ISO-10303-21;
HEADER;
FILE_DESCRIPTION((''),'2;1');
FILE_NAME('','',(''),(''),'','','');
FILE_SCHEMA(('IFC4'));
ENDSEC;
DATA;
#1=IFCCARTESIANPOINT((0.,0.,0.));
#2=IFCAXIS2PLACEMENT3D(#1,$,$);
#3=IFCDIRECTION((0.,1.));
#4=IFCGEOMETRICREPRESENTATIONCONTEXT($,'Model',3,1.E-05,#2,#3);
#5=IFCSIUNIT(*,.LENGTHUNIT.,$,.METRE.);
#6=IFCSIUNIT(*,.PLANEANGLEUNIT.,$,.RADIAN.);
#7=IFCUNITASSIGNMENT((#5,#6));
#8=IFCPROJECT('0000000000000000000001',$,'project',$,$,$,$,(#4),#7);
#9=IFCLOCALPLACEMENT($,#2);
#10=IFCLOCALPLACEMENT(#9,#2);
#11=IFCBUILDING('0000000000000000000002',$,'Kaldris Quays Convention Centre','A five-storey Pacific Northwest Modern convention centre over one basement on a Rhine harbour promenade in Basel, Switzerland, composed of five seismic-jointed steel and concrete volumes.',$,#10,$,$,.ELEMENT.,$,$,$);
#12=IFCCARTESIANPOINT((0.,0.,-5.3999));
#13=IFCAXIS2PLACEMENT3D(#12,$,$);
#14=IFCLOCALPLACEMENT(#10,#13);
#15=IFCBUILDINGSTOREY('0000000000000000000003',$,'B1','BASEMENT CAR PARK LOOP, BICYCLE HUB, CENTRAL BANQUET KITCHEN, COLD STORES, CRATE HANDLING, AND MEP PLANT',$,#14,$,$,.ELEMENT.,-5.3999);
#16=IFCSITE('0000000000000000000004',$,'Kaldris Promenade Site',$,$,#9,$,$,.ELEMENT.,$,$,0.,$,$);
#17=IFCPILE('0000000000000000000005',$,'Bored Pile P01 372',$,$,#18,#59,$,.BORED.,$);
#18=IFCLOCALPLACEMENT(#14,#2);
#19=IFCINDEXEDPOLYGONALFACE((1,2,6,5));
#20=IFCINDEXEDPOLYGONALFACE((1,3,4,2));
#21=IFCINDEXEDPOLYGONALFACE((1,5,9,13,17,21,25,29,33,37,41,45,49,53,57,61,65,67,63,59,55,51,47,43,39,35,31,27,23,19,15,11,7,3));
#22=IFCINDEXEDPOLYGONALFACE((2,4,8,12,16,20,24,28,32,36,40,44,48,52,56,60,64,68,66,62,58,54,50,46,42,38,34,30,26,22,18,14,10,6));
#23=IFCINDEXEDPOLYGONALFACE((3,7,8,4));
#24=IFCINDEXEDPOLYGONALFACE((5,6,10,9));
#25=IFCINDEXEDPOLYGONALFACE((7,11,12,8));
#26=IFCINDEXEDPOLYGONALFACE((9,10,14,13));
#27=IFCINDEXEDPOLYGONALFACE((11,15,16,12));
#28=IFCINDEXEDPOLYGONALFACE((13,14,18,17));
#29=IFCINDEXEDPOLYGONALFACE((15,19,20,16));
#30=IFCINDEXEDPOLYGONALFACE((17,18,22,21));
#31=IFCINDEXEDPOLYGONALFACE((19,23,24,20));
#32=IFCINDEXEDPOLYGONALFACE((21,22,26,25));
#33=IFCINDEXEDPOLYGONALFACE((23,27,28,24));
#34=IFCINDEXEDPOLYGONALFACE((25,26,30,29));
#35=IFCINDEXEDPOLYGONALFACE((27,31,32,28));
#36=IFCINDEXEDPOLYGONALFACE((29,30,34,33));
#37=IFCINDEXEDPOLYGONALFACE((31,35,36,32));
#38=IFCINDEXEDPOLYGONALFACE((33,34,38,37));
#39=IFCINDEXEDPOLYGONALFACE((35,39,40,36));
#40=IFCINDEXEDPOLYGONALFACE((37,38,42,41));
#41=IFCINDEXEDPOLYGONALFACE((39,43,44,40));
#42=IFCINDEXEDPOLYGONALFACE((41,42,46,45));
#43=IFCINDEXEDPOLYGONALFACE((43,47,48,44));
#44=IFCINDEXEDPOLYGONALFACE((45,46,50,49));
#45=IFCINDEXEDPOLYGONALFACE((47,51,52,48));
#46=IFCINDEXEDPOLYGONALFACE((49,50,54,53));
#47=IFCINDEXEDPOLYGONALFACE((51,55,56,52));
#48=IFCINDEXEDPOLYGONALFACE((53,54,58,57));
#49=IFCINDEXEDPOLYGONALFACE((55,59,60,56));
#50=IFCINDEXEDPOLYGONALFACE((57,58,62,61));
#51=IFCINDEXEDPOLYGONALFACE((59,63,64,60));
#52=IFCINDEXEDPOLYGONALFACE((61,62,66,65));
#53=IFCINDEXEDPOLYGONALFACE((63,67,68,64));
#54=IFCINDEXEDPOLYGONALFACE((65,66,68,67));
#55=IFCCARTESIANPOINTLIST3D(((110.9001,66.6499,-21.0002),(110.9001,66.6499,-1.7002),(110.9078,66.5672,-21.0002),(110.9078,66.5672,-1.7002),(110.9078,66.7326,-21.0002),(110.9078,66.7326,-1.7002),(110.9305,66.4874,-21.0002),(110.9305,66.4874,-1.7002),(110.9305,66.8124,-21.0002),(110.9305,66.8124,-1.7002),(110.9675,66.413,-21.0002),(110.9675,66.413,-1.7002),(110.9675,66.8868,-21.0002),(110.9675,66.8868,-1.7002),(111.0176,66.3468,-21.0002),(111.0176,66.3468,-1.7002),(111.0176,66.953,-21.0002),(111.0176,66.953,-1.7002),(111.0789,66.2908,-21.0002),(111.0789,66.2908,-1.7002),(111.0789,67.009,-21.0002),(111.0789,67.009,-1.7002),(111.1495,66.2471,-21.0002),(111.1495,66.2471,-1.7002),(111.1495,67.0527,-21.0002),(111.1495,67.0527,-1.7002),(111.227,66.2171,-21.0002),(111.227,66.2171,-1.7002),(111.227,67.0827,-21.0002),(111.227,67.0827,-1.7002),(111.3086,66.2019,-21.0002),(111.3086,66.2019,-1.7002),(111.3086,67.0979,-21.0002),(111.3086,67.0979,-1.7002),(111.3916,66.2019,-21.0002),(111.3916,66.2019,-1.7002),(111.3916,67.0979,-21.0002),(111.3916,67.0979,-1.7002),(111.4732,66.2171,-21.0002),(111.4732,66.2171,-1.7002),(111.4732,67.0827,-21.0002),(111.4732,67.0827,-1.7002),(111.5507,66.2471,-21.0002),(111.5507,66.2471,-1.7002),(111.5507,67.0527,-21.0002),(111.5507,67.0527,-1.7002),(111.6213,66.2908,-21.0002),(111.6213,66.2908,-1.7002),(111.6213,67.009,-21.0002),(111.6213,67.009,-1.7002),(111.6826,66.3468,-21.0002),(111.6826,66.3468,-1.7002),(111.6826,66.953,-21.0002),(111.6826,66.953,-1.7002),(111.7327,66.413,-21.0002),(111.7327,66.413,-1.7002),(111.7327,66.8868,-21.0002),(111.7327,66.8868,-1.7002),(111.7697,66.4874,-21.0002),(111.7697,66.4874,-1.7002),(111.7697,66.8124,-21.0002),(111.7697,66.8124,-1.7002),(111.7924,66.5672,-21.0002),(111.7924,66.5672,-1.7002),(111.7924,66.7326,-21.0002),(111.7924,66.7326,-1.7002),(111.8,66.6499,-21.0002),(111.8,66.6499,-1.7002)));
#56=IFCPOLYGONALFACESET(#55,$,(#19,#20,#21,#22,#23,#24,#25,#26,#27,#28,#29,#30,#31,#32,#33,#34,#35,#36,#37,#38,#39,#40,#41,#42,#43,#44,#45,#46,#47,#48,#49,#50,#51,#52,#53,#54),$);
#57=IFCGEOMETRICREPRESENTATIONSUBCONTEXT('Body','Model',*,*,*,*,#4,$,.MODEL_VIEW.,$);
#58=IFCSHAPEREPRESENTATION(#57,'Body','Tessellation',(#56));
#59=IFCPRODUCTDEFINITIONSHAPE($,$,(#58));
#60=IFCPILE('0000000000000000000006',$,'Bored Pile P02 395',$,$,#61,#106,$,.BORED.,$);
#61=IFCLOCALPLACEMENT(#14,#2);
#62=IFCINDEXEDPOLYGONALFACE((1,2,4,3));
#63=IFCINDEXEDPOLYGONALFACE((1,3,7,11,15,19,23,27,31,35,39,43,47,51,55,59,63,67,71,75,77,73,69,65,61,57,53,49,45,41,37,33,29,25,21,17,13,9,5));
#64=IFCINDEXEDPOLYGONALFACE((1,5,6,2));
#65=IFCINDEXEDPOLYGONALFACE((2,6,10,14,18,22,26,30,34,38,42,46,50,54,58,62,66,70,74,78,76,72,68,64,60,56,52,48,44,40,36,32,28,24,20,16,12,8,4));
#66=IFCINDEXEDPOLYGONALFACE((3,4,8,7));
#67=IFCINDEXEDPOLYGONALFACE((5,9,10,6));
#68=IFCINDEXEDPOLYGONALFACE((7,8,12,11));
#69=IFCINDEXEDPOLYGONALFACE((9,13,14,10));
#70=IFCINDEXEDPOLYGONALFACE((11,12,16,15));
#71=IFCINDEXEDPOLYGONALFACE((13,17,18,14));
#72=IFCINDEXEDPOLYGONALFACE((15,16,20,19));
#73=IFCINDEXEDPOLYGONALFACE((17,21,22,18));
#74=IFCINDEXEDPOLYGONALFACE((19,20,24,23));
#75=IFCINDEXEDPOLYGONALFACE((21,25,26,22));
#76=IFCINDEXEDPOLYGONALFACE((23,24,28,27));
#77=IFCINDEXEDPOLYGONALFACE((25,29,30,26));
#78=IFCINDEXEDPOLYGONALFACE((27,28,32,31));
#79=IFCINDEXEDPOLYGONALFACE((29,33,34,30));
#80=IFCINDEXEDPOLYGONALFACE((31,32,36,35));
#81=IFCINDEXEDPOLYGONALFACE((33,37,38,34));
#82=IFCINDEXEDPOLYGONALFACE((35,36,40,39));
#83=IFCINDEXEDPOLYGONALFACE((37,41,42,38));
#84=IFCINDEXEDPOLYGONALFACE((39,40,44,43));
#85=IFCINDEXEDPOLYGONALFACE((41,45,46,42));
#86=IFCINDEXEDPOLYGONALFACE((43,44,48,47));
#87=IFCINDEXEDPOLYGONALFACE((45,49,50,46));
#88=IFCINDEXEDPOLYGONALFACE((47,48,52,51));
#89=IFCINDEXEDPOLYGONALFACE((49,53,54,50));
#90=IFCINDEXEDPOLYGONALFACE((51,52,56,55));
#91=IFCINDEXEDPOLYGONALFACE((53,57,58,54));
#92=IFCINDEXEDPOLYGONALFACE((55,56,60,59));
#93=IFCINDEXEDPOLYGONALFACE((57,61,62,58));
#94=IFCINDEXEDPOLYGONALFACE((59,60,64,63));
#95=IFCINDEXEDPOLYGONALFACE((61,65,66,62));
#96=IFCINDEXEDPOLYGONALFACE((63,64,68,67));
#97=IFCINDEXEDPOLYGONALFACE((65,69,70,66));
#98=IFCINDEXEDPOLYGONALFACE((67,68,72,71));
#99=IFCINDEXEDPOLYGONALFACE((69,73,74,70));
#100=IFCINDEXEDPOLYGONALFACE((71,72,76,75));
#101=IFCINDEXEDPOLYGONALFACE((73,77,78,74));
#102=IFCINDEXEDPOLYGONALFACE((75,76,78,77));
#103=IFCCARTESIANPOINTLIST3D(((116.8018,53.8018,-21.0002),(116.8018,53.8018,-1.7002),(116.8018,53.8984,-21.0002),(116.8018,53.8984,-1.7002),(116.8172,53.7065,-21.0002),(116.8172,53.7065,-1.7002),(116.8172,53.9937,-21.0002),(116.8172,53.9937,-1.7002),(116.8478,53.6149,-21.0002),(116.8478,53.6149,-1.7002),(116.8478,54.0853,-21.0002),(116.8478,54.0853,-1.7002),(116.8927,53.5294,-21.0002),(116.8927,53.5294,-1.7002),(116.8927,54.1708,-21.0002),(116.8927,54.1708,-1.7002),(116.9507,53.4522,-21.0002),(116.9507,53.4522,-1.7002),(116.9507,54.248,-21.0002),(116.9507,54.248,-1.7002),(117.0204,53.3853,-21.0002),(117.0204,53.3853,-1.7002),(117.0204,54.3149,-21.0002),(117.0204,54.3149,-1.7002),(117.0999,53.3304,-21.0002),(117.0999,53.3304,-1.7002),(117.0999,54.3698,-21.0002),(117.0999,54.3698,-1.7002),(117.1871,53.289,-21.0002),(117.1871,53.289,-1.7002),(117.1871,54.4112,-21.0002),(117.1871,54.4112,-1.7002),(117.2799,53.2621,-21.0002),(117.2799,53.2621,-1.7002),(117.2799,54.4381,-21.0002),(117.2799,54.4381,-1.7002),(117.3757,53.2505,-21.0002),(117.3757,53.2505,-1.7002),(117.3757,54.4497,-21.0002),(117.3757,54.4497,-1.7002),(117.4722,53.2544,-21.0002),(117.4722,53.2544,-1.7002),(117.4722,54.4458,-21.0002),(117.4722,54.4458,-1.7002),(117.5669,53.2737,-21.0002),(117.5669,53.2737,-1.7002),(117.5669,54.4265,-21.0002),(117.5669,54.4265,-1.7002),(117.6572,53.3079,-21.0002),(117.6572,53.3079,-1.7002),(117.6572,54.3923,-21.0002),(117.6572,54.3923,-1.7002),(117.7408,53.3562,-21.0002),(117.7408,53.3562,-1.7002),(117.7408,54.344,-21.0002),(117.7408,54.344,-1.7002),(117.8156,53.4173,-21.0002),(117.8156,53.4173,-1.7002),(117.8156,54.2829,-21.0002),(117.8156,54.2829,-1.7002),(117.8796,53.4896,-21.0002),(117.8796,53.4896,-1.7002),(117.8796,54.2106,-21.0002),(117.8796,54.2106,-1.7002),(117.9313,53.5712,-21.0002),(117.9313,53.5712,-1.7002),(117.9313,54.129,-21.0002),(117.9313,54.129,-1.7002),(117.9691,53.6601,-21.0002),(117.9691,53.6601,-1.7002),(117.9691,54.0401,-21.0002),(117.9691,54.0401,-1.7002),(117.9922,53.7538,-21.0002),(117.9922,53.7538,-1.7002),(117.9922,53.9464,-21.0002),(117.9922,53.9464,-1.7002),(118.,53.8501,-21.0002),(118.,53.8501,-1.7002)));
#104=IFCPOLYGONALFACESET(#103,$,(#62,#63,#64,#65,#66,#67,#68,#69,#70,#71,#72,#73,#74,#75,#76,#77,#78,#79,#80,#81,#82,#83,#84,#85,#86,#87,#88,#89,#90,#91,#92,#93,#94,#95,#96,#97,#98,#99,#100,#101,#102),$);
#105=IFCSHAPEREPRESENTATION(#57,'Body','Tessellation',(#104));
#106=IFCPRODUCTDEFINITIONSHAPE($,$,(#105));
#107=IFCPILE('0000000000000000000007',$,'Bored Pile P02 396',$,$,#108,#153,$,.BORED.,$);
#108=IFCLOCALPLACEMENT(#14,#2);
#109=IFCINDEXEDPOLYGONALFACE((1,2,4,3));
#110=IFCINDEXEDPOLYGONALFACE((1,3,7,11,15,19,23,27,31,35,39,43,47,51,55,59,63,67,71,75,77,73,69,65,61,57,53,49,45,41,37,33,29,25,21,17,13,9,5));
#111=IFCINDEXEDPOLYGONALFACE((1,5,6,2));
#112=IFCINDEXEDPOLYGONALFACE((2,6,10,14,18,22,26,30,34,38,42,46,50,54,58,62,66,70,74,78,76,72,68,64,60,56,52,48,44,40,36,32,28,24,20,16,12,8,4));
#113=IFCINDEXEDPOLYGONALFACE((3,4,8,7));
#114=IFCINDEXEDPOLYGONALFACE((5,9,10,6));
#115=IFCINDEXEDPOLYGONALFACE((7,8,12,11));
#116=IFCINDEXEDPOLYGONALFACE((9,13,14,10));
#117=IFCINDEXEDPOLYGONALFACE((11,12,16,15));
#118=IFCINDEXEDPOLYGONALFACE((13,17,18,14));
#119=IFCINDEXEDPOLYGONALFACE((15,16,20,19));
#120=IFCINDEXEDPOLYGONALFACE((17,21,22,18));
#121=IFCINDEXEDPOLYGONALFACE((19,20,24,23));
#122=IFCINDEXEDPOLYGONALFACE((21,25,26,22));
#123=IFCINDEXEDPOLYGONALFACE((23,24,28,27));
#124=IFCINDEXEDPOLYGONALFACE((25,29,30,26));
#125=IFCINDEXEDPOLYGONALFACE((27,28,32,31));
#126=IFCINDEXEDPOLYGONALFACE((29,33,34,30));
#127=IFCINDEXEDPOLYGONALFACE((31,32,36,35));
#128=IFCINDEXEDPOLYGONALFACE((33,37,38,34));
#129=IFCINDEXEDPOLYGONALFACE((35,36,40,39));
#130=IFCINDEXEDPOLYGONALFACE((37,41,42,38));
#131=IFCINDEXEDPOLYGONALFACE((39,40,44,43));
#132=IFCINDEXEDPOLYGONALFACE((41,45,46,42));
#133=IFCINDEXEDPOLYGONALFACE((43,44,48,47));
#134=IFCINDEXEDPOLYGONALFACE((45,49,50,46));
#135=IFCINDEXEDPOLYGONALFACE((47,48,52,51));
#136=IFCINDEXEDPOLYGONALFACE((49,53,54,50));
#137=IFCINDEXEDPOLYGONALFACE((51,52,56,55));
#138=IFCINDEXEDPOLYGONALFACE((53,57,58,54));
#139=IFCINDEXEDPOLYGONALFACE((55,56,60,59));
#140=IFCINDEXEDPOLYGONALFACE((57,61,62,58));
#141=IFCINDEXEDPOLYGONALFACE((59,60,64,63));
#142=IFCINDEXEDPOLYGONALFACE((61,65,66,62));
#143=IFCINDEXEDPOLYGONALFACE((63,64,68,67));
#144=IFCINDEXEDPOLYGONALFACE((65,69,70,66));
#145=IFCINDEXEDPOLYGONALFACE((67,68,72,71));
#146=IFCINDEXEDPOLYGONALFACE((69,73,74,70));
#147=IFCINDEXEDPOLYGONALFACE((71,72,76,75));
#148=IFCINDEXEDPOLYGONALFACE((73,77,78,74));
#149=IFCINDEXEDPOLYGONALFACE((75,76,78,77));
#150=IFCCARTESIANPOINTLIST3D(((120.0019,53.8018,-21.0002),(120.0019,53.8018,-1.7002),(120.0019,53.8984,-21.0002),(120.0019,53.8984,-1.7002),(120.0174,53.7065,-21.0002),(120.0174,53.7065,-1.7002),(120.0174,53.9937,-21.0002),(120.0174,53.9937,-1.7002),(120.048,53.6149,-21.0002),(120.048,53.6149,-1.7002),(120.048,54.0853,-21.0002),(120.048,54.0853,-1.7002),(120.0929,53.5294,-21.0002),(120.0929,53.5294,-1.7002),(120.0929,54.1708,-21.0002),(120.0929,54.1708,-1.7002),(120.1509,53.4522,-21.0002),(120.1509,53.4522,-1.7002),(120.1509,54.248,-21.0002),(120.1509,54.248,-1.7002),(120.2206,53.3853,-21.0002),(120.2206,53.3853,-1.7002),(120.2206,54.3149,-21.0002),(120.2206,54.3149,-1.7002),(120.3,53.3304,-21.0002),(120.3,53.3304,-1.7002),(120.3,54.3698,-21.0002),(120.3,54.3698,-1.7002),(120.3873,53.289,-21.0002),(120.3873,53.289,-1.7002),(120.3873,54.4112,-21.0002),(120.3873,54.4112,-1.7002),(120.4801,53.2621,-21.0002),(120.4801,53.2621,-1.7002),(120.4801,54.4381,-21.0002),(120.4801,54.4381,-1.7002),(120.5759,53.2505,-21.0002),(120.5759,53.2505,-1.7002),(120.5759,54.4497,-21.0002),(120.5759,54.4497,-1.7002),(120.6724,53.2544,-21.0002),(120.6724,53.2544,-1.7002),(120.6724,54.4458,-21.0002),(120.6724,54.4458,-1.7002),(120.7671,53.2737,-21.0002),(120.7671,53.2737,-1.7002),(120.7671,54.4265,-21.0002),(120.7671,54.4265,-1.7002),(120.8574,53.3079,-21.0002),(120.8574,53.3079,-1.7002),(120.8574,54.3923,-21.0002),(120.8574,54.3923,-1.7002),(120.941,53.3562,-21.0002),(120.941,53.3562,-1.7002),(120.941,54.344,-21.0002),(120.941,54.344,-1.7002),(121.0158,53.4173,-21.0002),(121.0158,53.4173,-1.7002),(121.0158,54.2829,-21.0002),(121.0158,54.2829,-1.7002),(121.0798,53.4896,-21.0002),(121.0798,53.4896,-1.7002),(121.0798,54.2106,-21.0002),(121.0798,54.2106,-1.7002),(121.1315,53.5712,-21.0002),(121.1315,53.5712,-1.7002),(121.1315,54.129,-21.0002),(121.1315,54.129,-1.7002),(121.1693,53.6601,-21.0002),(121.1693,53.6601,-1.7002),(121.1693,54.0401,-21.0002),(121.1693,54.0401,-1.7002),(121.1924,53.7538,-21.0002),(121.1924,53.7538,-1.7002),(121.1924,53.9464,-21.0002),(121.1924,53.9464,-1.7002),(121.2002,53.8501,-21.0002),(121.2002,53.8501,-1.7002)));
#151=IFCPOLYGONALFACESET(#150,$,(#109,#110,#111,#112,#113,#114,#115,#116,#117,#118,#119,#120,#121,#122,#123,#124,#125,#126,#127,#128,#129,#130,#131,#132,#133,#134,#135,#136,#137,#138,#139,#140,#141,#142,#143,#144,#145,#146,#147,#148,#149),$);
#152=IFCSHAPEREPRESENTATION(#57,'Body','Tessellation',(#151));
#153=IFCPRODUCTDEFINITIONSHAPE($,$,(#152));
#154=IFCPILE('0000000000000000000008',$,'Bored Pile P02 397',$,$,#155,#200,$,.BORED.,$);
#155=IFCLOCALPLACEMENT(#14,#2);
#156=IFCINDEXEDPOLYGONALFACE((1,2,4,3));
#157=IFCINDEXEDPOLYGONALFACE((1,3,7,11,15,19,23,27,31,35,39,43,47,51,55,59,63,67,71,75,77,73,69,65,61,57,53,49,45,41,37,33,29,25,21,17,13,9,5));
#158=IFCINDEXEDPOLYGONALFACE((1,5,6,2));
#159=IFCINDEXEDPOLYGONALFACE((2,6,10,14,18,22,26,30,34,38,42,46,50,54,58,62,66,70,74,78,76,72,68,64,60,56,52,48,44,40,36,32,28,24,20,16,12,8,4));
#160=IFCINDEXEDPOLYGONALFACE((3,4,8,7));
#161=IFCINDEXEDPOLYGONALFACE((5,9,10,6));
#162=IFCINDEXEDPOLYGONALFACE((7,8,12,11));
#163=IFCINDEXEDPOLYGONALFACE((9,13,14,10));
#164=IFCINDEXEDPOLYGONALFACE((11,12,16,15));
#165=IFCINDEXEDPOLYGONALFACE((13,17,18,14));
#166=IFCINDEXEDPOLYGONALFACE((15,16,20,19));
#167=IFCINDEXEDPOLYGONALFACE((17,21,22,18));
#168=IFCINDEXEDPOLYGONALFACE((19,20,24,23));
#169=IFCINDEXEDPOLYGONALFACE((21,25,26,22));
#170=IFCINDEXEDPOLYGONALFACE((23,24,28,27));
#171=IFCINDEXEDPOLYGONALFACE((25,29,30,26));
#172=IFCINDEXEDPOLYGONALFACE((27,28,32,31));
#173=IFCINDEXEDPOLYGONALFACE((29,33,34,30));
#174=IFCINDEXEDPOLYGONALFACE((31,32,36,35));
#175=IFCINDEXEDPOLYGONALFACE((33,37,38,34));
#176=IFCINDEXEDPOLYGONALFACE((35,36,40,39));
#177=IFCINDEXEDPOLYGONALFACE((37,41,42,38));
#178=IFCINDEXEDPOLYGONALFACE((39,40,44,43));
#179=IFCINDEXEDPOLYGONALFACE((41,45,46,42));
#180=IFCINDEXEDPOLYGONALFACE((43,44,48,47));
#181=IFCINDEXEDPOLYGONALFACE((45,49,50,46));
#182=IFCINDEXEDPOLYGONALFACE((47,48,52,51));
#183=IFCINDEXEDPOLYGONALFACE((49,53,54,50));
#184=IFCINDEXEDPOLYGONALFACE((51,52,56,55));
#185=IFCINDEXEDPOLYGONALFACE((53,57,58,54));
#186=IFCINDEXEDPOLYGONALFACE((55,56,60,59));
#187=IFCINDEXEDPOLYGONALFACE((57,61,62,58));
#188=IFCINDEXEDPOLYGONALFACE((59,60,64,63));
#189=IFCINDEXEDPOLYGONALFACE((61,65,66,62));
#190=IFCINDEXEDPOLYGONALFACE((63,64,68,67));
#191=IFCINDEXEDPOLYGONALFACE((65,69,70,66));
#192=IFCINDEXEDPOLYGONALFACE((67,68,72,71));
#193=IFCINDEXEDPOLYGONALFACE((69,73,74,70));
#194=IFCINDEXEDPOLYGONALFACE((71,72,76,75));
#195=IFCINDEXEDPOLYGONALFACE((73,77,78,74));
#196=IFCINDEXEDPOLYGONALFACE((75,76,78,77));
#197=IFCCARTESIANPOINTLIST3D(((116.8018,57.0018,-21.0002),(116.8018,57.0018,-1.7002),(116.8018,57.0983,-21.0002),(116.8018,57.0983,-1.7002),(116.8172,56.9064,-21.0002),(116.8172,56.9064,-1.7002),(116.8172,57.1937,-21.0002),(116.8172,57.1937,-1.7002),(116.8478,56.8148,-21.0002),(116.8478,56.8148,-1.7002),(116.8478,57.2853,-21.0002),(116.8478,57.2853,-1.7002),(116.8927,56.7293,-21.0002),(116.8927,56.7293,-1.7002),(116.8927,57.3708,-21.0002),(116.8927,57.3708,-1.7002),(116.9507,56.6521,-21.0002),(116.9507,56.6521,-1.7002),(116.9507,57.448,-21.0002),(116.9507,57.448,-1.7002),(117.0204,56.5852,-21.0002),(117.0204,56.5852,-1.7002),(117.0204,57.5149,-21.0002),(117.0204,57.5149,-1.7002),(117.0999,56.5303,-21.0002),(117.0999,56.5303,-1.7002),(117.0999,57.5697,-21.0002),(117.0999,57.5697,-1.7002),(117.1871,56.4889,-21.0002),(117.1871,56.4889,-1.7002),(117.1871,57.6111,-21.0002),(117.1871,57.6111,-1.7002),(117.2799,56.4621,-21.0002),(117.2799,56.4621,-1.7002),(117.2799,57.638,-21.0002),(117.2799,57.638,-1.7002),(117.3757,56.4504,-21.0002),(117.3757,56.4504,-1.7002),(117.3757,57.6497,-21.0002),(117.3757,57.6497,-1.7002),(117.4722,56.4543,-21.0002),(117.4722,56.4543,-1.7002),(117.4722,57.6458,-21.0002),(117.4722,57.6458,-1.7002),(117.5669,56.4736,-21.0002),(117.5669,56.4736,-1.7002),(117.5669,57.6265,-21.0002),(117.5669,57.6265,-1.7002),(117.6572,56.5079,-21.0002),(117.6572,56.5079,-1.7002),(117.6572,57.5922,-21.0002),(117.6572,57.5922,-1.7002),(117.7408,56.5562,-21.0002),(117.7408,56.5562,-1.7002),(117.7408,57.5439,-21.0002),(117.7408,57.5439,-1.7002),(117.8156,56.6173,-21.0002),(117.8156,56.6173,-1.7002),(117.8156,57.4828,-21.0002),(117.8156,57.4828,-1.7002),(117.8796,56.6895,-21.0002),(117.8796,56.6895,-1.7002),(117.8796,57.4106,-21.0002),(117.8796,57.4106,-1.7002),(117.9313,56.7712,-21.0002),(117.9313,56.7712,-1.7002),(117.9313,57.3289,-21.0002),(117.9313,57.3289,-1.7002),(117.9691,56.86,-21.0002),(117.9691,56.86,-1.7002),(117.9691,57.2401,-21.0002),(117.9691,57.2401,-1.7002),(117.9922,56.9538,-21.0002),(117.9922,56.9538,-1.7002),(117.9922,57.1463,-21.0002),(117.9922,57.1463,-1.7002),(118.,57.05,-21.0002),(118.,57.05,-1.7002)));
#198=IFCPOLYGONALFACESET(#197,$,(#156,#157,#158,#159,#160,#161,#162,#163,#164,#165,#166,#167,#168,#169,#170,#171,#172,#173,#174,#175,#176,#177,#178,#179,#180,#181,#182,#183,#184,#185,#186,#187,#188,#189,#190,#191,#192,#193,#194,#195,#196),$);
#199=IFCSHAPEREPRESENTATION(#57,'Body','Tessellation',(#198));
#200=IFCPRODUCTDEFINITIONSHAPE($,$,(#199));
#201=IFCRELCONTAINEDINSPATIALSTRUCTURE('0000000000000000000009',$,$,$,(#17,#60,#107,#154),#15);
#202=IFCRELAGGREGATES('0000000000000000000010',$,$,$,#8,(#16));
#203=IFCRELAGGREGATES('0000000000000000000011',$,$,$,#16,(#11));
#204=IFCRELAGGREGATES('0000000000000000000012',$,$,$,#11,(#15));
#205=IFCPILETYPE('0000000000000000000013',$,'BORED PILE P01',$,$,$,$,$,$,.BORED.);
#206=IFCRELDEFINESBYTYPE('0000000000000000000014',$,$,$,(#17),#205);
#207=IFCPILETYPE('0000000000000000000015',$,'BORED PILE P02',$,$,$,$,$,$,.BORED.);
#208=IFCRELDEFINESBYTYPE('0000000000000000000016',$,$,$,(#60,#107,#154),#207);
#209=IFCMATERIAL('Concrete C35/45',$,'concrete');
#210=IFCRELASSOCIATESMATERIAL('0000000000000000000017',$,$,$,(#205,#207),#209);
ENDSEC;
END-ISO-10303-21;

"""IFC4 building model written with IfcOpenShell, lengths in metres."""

from ifc_helpers import new_model, si_unit, direction, frame, origin, origin_2d, place, context, subcontext, project, spatial, circle, extrude, material, material_profile, profile_set, type_object, element, save


model = new_model("IFC4")

# Units and contexts
model_context = context("Model", 3, precision=1e-05, world=origin(), true_north=direction((0.0, 1.0)))
body_context = subcontext(model_context, "Body", "Model", "MODEL_VIEW")
ifc_project = project(units=[si_unit("LENGTHUNIT", "METRE"), si_unit("PLANEANGLEUNIT", "RADIAN")], contexts=[model_context])

# Site, building, storey
site_placement = place(None, origin())
site = spatial("IfcSite", under=ifc_project, at=site_placement, Name="Kaldris Promenade Site", CompositionType="ELEMENT", RefElevation=0.0)
building_placement = place(site_placement, origin())
building = spatial("IfcBuilding", under=site, at=building_placement, Name="Kaldris Quays Convention Centre", Description="A five-storey Pacific Northwest Modern convention centre over one basement on a Rhine harbour promenade in Basel, Switzerland, composed of five seismic-jointed steel and concrete volumes.", CompositionType="ELEMENT")
storey_placement = place(building_placement, frame((0.0, 0.0, -5.3999)))
storey = spatial("IfcBuildingStorey", under=building, at=storey_placement, Name="B1", Description="BASEMENT CAR PARK LOOP, BICYCLE HUB, CENTRAL BANQUET KITCHEN, COLD STORES, CRATE HANDLING, AND MEP PLANT", CompositionType="ELEMENT", Elevation=-5.3999)

# Piles
ifc_material_1 = material(Name="Concrete C35/45", Category="concrete")
ifc_material_profile_1 = material_profile(ifc_material_1, circle(Radius=0.45, at=origin_2d()), Name="BORED PILE D900")
ifc_profile_set_1 = profile_set([ifc_material_profile_1], Name="Concrete C35/45")
pile_type_1 = type_object("IfcPileType", Name="BORED PILE P01", PredefinedType="BORED", material=ifc_profile_set_1)
for number, where, z_axis, x_axis, name in (
    (1, (111.3501, 66.6499, -1.7002), (0.0, 0.0, -1.0), (1.0, 0.0, 0.0), "Bored Pile P01 372"),
):
    element("IfcPile", number, at=place(storey_placement, frame(where, z_axis=z_axis, x_axis=x_axis)), inside=storey, type_object=pile_type_1, Name=name, PredefinedType="BORED", context=body_context, shape_type="SweptSolid", body=[
        extrude(circle(Radius=0.45, at=origin_2d()), origin(), (0.0, 0.0, 1.0), 19.3),
    ])
ifc_material_profile_2 = material_profile(ifc_material_1, circle(Radius=0.6001, at=origin_2d()), Name="BORED PILE D1200")
ifc_profile_set_2 = profile_set([ifc_material_profile_2], Name="Concrete C35/45")
pile_type_2 = type_object("IfcPileType", Name="BORED PILE P02", PredefinedType="BORED", material=ifc_profile_set_2)
for number, where, z_axis, x_axis, name in (
    (2, (117.3999, 53.8501, -1.7002), (0.0, 0.0, -1.0), (1.0, 0.0, 0.0), "Bored Pile P02 395"),
    (3, (120.6001, 53.8501, -1.7002), (0.0, 0.0, -1.0), (1.0, 0.0, 0.0), "Bored Pile P02 396"),
    (4, (117.3999, 57.05, -1.7002), (0.0, 0.0, -1.0), (1.0, 0.0, 0.0), "Bored Pile P02 397"),
):
    element("IfcPile", number, at=place(storey_placement, frame(where, z_axis=z_axis, x_axis=x_axis)), inside=storey, type_object=pile_type_2, Name=name, PredefinedType="BORED", context=body_context, shape_type="SweptSolid", body=[
        extrude(circle(Radius=0.6001, at=origin_2d()), origin(), (0.0, 0.0, 1.0), 19.3),
    ])

save(model, "model.ifc")
